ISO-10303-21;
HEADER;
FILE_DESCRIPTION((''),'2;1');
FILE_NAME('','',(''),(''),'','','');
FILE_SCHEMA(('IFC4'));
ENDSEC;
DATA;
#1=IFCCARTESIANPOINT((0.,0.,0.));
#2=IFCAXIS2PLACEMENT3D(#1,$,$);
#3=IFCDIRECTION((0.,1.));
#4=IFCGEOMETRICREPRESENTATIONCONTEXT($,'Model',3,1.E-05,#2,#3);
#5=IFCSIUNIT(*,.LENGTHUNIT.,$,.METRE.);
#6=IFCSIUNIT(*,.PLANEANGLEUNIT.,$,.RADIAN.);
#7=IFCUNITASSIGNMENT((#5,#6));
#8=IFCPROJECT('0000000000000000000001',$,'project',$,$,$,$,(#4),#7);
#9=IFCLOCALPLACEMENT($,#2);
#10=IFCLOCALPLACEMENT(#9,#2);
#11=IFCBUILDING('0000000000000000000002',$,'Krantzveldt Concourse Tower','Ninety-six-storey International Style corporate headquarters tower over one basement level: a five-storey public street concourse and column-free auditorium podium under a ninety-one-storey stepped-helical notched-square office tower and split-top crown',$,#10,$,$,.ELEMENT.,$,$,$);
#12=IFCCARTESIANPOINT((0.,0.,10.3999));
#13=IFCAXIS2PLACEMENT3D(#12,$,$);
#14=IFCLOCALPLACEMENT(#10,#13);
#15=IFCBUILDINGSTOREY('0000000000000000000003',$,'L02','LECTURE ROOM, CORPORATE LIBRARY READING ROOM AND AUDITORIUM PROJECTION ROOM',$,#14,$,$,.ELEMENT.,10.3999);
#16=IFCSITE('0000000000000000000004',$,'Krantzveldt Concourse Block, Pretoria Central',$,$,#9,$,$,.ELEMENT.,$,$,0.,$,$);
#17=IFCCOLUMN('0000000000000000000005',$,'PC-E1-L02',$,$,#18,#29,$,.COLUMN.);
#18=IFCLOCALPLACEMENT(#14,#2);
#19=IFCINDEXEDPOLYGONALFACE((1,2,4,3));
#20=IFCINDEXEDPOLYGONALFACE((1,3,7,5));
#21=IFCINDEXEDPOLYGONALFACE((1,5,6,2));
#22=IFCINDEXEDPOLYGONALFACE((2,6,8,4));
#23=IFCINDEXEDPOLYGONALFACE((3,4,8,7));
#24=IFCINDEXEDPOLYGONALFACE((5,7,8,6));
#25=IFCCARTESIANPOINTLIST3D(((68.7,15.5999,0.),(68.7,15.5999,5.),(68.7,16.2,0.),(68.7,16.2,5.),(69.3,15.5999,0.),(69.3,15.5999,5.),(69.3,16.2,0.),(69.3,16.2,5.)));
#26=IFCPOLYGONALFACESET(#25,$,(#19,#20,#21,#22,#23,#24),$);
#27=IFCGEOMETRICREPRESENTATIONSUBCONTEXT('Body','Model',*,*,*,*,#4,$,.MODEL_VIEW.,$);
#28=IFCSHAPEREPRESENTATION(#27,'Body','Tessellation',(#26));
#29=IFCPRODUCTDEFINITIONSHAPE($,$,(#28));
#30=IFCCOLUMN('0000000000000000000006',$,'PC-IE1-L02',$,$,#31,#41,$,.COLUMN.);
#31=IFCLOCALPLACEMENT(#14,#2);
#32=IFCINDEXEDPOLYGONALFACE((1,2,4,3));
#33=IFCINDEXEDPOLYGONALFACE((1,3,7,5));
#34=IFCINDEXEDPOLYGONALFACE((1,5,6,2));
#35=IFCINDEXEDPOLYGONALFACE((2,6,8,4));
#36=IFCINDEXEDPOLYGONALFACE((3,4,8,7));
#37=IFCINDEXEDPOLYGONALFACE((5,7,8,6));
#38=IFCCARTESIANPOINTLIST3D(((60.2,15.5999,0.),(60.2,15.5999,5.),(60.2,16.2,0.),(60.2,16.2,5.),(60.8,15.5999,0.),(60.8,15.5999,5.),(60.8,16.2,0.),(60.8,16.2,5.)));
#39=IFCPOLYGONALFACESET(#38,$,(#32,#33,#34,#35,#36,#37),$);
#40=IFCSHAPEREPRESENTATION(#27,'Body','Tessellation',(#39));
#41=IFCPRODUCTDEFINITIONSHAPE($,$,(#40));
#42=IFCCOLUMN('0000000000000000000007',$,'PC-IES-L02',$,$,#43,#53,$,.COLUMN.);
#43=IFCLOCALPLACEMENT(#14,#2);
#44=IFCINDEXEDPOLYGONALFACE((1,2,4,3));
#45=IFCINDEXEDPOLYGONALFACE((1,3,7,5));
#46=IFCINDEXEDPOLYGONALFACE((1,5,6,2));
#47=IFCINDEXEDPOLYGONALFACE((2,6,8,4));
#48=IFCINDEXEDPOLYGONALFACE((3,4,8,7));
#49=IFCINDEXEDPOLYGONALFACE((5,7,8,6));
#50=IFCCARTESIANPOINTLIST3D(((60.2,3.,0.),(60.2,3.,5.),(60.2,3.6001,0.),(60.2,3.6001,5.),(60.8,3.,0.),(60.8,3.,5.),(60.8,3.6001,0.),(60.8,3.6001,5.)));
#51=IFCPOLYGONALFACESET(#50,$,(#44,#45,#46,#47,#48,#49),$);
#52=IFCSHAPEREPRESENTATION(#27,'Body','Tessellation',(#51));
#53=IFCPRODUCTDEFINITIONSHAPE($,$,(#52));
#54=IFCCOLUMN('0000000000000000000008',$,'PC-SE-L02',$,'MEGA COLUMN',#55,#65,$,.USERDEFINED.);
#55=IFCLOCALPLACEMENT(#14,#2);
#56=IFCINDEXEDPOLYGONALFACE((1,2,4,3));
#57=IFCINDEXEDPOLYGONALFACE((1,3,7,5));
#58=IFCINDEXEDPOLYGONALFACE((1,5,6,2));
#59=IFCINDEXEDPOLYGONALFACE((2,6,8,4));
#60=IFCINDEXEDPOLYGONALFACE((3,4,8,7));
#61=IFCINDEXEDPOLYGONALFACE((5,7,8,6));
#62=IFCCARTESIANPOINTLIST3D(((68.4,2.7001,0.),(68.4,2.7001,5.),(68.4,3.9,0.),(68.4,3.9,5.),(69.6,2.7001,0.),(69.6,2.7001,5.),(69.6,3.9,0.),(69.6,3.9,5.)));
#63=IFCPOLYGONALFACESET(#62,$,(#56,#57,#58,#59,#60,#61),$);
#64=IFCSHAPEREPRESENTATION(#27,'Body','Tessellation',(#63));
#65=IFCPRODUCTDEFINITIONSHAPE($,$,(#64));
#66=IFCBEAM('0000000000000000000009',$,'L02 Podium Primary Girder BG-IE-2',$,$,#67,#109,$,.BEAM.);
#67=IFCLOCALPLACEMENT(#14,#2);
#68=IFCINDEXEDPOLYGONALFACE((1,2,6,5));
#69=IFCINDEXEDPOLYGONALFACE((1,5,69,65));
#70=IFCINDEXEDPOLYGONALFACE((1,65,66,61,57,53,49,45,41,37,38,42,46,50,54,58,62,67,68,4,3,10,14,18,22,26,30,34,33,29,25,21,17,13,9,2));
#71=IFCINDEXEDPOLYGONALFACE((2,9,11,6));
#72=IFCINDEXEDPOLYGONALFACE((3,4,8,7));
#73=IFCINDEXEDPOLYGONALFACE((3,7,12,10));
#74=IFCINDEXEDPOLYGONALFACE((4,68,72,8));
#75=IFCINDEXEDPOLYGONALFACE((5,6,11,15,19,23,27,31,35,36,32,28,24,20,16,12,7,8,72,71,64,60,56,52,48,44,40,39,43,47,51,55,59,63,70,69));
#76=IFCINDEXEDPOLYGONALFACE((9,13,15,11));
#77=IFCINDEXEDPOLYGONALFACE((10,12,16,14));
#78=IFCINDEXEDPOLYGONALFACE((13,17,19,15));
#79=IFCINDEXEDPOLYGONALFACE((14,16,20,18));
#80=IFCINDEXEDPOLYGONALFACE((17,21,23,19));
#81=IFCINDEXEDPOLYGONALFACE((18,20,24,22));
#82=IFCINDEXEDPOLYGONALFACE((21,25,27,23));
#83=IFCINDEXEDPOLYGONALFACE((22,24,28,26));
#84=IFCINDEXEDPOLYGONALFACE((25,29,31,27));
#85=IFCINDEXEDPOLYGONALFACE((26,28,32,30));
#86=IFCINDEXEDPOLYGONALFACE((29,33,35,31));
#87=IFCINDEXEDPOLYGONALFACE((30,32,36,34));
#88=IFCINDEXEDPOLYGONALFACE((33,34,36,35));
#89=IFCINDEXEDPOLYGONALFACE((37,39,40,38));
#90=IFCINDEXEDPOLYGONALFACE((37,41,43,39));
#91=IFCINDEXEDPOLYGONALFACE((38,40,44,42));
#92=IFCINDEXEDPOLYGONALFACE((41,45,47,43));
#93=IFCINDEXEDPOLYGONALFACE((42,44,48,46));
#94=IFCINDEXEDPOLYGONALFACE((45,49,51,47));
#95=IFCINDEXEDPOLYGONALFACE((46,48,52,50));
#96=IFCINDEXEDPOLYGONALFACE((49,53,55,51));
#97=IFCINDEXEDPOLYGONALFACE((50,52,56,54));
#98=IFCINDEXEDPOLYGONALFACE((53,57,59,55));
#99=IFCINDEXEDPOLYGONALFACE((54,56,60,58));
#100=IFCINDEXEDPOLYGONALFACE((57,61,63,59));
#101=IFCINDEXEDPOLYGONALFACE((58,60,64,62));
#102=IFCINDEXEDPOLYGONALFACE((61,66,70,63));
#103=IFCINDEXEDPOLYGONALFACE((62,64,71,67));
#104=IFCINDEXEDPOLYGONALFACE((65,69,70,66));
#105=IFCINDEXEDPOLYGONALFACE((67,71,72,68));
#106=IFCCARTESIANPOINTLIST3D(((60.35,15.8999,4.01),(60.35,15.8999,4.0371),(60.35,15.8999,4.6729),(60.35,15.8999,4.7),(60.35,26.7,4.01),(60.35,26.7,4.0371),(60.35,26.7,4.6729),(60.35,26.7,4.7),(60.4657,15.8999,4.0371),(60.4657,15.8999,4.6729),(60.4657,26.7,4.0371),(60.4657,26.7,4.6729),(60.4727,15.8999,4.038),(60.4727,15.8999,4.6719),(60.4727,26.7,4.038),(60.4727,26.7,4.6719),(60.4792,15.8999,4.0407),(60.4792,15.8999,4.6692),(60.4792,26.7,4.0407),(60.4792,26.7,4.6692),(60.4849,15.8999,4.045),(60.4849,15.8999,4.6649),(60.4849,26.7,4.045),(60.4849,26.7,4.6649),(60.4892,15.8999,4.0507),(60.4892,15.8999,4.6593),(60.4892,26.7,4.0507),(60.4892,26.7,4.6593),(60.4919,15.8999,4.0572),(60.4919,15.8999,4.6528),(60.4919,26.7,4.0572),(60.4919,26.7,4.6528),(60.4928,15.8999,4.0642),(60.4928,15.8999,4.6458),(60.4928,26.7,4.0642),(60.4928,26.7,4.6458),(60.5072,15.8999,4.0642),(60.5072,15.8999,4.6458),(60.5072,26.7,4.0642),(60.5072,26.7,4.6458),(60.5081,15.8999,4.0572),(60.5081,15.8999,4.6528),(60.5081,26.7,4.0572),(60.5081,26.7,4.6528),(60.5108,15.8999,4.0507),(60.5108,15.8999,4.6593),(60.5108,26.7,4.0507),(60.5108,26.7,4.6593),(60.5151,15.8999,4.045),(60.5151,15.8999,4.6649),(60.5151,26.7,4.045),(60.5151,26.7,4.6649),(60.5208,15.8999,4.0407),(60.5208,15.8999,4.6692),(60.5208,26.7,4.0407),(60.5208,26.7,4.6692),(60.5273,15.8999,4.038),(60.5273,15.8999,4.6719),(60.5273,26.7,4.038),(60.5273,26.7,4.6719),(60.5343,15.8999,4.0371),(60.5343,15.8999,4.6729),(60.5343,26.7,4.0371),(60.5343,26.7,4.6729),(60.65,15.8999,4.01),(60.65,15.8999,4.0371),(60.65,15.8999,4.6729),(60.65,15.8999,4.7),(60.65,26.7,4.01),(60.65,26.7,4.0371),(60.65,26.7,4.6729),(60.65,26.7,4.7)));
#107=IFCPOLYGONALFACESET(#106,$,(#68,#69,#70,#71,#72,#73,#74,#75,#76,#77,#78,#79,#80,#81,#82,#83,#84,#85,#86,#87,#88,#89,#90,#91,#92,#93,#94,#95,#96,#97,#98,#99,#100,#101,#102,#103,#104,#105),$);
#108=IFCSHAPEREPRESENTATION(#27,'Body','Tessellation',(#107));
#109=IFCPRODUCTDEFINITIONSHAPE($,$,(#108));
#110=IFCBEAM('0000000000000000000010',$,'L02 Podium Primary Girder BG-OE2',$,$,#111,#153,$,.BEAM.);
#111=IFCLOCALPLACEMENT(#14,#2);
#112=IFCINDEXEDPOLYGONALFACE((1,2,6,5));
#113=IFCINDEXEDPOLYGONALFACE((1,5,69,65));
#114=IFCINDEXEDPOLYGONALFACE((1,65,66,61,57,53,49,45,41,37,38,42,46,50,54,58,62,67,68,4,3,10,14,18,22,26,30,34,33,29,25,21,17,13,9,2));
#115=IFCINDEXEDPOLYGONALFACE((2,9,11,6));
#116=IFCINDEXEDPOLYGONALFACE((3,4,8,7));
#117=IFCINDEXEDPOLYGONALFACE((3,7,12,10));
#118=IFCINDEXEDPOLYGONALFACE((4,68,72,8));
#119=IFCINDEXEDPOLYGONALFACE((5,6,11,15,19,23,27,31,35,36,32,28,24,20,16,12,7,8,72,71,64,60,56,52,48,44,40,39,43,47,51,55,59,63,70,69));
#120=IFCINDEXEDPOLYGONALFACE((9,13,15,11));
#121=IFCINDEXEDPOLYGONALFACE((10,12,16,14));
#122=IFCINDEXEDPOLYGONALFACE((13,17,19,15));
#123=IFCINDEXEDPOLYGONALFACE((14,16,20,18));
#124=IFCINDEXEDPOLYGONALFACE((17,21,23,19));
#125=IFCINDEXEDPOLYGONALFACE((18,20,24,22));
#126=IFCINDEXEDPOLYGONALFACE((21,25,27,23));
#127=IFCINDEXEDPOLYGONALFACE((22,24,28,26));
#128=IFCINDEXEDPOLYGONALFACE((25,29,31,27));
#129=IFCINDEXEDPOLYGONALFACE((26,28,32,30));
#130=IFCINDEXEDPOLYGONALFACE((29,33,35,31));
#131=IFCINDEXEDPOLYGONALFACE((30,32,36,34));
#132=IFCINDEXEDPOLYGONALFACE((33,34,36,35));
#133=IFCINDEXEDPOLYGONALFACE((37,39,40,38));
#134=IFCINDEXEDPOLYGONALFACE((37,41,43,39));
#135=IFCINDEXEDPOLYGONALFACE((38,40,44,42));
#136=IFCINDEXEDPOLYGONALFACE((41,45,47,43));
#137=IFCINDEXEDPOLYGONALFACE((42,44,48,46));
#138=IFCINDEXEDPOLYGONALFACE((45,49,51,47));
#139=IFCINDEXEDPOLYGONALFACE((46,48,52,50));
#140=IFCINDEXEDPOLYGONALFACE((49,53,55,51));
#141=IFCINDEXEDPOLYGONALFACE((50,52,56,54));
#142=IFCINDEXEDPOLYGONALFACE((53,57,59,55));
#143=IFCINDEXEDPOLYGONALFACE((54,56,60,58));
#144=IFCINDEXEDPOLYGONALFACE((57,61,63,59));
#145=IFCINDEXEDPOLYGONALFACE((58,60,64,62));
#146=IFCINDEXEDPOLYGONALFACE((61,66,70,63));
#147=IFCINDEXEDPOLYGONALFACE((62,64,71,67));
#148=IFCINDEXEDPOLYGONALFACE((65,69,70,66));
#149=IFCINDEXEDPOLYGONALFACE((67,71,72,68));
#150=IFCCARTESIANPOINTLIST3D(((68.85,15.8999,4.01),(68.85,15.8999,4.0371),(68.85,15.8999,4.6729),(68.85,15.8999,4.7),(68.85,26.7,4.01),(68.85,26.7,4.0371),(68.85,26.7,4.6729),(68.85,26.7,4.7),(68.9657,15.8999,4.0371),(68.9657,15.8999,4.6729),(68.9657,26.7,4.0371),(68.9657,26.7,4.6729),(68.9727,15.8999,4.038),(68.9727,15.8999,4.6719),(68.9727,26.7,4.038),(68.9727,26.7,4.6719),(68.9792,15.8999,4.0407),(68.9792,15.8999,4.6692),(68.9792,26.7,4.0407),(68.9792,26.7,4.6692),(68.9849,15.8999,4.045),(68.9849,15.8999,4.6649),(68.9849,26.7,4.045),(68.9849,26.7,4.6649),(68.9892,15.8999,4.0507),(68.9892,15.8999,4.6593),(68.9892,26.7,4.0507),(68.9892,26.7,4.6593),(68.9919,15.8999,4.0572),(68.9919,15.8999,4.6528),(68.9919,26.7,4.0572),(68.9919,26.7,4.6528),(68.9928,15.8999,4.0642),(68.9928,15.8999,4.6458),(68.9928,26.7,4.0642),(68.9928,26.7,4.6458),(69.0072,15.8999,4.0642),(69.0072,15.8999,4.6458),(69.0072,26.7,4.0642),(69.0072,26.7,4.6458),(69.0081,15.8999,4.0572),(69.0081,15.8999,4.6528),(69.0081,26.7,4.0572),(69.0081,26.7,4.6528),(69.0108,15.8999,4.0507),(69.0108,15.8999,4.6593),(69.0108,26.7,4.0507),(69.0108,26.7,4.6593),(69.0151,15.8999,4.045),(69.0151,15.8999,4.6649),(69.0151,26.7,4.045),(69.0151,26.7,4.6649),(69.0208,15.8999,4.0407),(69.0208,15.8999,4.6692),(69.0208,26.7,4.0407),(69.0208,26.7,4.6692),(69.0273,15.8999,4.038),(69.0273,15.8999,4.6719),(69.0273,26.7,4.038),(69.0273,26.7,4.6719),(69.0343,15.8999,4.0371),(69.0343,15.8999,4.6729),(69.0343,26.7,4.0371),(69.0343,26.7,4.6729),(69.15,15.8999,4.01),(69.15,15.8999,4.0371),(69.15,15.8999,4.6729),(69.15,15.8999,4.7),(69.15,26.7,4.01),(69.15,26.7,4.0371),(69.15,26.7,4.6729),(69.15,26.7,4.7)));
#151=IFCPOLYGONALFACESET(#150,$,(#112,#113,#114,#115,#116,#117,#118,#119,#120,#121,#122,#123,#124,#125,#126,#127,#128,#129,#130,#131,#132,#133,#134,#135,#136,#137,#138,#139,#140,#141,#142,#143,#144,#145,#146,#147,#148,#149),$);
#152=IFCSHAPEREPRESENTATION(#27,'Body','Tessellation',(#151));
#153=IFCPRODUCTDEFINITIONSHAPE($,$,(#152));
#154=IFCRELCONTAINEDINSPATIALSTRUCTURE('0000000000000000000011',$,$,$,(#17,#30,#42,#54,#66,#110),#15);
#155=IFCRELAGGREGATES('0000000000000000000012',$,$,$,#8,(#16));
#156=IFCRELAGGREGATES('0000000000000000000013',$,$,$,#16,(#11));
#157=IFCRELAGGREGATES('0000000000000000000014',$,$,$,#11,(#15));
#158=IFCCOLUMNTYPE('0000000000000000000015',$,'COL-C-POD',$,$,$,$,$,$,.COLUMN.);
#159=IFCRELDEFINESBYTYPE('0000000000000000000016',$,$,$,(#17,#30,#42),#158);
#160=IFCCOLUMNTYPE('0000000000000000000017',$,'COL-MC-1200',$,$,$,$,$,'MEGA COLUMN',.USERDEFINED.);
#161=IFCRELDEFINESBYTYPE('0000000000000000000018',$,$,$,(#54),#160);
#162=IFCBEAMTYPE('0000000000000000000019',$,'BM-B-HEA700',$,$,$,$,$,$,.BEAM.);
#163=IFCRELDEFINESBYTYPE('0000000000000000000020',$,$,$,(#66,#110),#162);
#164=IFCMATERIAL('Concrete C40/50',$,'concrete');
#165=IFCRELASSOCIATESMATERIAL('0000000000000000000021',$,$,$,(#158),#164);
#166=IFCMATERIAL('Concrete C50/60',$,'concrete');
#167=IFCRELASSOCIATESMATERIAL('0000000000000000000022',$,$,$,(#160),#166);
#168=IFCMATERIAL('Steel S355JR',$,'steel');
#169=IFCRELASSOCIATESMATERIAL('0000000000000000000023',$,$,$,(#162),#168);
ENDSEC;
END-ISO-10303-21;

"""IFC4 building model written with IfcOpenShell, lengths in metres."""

from ifc_helpers import new_model, si_unit, direction, frame, origin, origin_2d, place, context, subcontext, project, spatial, rectangle, i_section, extrude, source, transform, mapped, material, material_profile, profile_set, type_object, type_shapes, element, save


model = new_model("IFC4")

# Units and contexts
model_context = context("Model", 3, precision=1e-05, world=origin(), true_north=direction((0.0, 1.0)))
body_context = subcontext(model_context, "Body", "Model", "MODEL_VIEW")
ifc_project = project(units=[si_unit("LENGTHUNIT", "METRE"), si_unit("PLANEANGLEUNIT", "RADIAN")], contexts=[model_context])

# Site, building, storey
site_placement = place(None, origin())
site = spatial("IfcSite", under=ifc_project, at=site_placement, Name="Krantzveldt Concourse Block, Pretoria Central", CompositionType="ELEMENT", RefElevation=0.0)
building_placement = place(site_placement, origin())
building = spatial("IfcBuilding", under=site, at=building_placement, Name="Krantzveldt Concourse Tower", Description="Ninety-six-storey International Style corporate headquarters tower over one basement level: a five-storey public street concourse and column-free auditorium podium under a ninety-one-storey stepped-helical notched-square office tower and split-top crown", CompositionType="ELEMENT")
storey_placement = place(building_placement, frame((0.0, 0.0, 10.3999)))
storey = spatial("IfcBuildingStorey", under=building, at=storey_placement, Name="L02", Description="LECTURE ROOM, CORPORATE LIBRARY READING ROOM AND AUDITORIUM PROJECTION ROOM", CompositionType="ELEMENT", Elevation=10.3999)

# Columns
ifc_material_1 = material(Name="Concrete C40/50", Category="concrete")
ifc_material_profile_1 = material_profile(ifc_material_1, rectangle(XDim=0.6001, YDim=0.6001, at=origin_2d()), Name="Concrete C40/50", Category="concrete")
ifc_profile_set_1 = profile_set([ifc_material_profile_1], Name="Concrete C40/50 - RC 600x600")
column_type_1 = type_object("IfcColumnType", Name="COL-C-POD", PredefinedType="COLUMN", material=ifc_profile_set_1)
shared_shape_1 = source(origin(), body_context, "Body", "SweptSolid", [
    extrude(rectangle(XDim=0.6001, YDim=0.6001, at=origin_2d()), origin(), (0.0, 0.0, 1.0), 5.0),
])
type_shapes(column_type_1, [shared_shape_1])
for number, where, z_axis, x_axis, name in (
    (1, (69.0, 15.8999, 0.0), (0.0, 0.0, 1.0), (1.0, 0.0, 0.0), "PC-E1-L02"),
    (2, (60.5, 15.8999, 0.0), (0.0, 0.0, 1.0), (1.0, 0.0, 0.0), "PC-IE1-L02"),
    (3, (60.5, 3.3, 0.0), (0.0, 0.0, 1.0), (1.0, 0.0, 0.0), "PC-IES-L02"),
):
    element("IfcColumn", number, at=place(storey_placement, frame(where, z_axis=z_axis, x_axis=x_axis)), inside=storey, type_object=column_type_1, Name=name, PredefinedType="COLUMN", context=body_context, shape_type="MappedRepresentation", body=[
        mapped(shared_shape_1, transform((0.0, 0.0, 0.0), x_axis=(1.0, 0.0, 0.0), y_axis=(0.0, 1.0, 0.0), z_axis=(0.0, 0.0, 1.0), scale=1.0)),
    ])
ifc_material_2 = material(Name="Concrete C50/60", Category="concrete")
ifc_material_profile_2 = material_profile(ifc_material_2, rectangle(XDim=1.2, YDim=1.2, at=origin_2d()), Name="Concrete C50/60", Category="concrete")
ifc_profile_set_2 = profile_set([ifc_material_profile_2], Name="Concrete C50/60 - RC 1200x1200")
column_type_2 = type_object("IfcColumnType", Name="COL-MC-1200", ElementType="MEGA COLUMN", PredefinedType="USERDEFINED", material=ifc_profile_set_2)
shared_shape_2 = source(origin(), body_context, "Body", "SweptSolid", [
    extrude(rectangle(XDim=1.2, YDim=1.2, at=origin_2d()), origin(), (0.0, 0.0, 1.0), 5.0),
])
type_shapes(column_type_2, [shared_shape_2])
column_placement = place(storey_placement, frame((69.0, 3.3, 0.0), z_axis=(0.0, 0.0, 1.0), x_axis=(1.0, 0.0, 0.0)))
element("IfcColumn", 4, at=column_placement, inside=storey, type_object=column_type_2, Name="PC-SE-L02", ObjectType="MEGA COLUMN", PredefinedType="USERDEFINED", context=body_context, shape_type="MappedRepresentation", body=[
    mapped(shared_shape_2, transform((0.0, 0.0, 0.0), x_axis=(1.0, 0.0, 0.0), y_axis=(0.0, 1.0, 0.0), z_axis=(0.0, 0.0, 1.0), scale=1.0)),
])

# Beams
ifc_material_3 = material(Name="Steel S355JR", Category="steel")
ifc_material_profile_3 = material_profile(ifc_material_3, i_section(OverallWidth=0.3, OverallDepth=0.6899, WebThickness=0.0144, FlangeThickness=0.0271, FilletRadius=0.0271, at=origin_2d()), Name="Steel S355JR", Category="steel")
ifc_profile_set_3 = profile_set([ifc_material_profile_3], Name="Steel S355JR - HEA 700")
beam_type_1 = type_object("IfcBeamType", Name="BM-B-HEA700", PredefinedType="BEAM", material=ifc_profile_set_3)
shared_shape_3 = source(origin(), body_context, "Body", "SweptSolid", [
    extrude(i_section(OverallWidth=0.3, OverallDepth=0.6899, WebThickness=0.0144, FlangeThickness=0.0271, FilletRadius=0.0271, at=origin_2d()), origin(), (0.0, 0.0, 1.0), 10.8),
])
for number, where, z_axis, x_axis, name in (
    (5, (60.5, 15.8999, 4.355), (0.0, 1.0, 0.0), (-1.0, 0.0, 0.0), "L02 Podium Primary Girder BG-IE-2"),
    (6, (69.0, 15.8999, 4.355), (0.0, 1.0, 0.0), (-1.0, 0.0, 0.0), "L02 Podium Primary Girder BG-OE2"),
):
    element("IfcBeam", number, at=place(storey_placement, frame(where, z_axis=z_axis, x_axis=x_axis)), inside=storey, type_object=beam_type_1, Name=name, PredefinedType="BEAM", context=body_context, shape_type="MappedRepresentation", body=[
        mapped(shared_shape_3, transform((0.0, 0.0, 0.0), x_axis=(1.0, 0.0, 0.0), y_axis=(0.0, 1.0, 0.0), z_axis=(0.0, 0.0, 1.0), scale=1.0)),
    ])

save(model, "model.ifc")
